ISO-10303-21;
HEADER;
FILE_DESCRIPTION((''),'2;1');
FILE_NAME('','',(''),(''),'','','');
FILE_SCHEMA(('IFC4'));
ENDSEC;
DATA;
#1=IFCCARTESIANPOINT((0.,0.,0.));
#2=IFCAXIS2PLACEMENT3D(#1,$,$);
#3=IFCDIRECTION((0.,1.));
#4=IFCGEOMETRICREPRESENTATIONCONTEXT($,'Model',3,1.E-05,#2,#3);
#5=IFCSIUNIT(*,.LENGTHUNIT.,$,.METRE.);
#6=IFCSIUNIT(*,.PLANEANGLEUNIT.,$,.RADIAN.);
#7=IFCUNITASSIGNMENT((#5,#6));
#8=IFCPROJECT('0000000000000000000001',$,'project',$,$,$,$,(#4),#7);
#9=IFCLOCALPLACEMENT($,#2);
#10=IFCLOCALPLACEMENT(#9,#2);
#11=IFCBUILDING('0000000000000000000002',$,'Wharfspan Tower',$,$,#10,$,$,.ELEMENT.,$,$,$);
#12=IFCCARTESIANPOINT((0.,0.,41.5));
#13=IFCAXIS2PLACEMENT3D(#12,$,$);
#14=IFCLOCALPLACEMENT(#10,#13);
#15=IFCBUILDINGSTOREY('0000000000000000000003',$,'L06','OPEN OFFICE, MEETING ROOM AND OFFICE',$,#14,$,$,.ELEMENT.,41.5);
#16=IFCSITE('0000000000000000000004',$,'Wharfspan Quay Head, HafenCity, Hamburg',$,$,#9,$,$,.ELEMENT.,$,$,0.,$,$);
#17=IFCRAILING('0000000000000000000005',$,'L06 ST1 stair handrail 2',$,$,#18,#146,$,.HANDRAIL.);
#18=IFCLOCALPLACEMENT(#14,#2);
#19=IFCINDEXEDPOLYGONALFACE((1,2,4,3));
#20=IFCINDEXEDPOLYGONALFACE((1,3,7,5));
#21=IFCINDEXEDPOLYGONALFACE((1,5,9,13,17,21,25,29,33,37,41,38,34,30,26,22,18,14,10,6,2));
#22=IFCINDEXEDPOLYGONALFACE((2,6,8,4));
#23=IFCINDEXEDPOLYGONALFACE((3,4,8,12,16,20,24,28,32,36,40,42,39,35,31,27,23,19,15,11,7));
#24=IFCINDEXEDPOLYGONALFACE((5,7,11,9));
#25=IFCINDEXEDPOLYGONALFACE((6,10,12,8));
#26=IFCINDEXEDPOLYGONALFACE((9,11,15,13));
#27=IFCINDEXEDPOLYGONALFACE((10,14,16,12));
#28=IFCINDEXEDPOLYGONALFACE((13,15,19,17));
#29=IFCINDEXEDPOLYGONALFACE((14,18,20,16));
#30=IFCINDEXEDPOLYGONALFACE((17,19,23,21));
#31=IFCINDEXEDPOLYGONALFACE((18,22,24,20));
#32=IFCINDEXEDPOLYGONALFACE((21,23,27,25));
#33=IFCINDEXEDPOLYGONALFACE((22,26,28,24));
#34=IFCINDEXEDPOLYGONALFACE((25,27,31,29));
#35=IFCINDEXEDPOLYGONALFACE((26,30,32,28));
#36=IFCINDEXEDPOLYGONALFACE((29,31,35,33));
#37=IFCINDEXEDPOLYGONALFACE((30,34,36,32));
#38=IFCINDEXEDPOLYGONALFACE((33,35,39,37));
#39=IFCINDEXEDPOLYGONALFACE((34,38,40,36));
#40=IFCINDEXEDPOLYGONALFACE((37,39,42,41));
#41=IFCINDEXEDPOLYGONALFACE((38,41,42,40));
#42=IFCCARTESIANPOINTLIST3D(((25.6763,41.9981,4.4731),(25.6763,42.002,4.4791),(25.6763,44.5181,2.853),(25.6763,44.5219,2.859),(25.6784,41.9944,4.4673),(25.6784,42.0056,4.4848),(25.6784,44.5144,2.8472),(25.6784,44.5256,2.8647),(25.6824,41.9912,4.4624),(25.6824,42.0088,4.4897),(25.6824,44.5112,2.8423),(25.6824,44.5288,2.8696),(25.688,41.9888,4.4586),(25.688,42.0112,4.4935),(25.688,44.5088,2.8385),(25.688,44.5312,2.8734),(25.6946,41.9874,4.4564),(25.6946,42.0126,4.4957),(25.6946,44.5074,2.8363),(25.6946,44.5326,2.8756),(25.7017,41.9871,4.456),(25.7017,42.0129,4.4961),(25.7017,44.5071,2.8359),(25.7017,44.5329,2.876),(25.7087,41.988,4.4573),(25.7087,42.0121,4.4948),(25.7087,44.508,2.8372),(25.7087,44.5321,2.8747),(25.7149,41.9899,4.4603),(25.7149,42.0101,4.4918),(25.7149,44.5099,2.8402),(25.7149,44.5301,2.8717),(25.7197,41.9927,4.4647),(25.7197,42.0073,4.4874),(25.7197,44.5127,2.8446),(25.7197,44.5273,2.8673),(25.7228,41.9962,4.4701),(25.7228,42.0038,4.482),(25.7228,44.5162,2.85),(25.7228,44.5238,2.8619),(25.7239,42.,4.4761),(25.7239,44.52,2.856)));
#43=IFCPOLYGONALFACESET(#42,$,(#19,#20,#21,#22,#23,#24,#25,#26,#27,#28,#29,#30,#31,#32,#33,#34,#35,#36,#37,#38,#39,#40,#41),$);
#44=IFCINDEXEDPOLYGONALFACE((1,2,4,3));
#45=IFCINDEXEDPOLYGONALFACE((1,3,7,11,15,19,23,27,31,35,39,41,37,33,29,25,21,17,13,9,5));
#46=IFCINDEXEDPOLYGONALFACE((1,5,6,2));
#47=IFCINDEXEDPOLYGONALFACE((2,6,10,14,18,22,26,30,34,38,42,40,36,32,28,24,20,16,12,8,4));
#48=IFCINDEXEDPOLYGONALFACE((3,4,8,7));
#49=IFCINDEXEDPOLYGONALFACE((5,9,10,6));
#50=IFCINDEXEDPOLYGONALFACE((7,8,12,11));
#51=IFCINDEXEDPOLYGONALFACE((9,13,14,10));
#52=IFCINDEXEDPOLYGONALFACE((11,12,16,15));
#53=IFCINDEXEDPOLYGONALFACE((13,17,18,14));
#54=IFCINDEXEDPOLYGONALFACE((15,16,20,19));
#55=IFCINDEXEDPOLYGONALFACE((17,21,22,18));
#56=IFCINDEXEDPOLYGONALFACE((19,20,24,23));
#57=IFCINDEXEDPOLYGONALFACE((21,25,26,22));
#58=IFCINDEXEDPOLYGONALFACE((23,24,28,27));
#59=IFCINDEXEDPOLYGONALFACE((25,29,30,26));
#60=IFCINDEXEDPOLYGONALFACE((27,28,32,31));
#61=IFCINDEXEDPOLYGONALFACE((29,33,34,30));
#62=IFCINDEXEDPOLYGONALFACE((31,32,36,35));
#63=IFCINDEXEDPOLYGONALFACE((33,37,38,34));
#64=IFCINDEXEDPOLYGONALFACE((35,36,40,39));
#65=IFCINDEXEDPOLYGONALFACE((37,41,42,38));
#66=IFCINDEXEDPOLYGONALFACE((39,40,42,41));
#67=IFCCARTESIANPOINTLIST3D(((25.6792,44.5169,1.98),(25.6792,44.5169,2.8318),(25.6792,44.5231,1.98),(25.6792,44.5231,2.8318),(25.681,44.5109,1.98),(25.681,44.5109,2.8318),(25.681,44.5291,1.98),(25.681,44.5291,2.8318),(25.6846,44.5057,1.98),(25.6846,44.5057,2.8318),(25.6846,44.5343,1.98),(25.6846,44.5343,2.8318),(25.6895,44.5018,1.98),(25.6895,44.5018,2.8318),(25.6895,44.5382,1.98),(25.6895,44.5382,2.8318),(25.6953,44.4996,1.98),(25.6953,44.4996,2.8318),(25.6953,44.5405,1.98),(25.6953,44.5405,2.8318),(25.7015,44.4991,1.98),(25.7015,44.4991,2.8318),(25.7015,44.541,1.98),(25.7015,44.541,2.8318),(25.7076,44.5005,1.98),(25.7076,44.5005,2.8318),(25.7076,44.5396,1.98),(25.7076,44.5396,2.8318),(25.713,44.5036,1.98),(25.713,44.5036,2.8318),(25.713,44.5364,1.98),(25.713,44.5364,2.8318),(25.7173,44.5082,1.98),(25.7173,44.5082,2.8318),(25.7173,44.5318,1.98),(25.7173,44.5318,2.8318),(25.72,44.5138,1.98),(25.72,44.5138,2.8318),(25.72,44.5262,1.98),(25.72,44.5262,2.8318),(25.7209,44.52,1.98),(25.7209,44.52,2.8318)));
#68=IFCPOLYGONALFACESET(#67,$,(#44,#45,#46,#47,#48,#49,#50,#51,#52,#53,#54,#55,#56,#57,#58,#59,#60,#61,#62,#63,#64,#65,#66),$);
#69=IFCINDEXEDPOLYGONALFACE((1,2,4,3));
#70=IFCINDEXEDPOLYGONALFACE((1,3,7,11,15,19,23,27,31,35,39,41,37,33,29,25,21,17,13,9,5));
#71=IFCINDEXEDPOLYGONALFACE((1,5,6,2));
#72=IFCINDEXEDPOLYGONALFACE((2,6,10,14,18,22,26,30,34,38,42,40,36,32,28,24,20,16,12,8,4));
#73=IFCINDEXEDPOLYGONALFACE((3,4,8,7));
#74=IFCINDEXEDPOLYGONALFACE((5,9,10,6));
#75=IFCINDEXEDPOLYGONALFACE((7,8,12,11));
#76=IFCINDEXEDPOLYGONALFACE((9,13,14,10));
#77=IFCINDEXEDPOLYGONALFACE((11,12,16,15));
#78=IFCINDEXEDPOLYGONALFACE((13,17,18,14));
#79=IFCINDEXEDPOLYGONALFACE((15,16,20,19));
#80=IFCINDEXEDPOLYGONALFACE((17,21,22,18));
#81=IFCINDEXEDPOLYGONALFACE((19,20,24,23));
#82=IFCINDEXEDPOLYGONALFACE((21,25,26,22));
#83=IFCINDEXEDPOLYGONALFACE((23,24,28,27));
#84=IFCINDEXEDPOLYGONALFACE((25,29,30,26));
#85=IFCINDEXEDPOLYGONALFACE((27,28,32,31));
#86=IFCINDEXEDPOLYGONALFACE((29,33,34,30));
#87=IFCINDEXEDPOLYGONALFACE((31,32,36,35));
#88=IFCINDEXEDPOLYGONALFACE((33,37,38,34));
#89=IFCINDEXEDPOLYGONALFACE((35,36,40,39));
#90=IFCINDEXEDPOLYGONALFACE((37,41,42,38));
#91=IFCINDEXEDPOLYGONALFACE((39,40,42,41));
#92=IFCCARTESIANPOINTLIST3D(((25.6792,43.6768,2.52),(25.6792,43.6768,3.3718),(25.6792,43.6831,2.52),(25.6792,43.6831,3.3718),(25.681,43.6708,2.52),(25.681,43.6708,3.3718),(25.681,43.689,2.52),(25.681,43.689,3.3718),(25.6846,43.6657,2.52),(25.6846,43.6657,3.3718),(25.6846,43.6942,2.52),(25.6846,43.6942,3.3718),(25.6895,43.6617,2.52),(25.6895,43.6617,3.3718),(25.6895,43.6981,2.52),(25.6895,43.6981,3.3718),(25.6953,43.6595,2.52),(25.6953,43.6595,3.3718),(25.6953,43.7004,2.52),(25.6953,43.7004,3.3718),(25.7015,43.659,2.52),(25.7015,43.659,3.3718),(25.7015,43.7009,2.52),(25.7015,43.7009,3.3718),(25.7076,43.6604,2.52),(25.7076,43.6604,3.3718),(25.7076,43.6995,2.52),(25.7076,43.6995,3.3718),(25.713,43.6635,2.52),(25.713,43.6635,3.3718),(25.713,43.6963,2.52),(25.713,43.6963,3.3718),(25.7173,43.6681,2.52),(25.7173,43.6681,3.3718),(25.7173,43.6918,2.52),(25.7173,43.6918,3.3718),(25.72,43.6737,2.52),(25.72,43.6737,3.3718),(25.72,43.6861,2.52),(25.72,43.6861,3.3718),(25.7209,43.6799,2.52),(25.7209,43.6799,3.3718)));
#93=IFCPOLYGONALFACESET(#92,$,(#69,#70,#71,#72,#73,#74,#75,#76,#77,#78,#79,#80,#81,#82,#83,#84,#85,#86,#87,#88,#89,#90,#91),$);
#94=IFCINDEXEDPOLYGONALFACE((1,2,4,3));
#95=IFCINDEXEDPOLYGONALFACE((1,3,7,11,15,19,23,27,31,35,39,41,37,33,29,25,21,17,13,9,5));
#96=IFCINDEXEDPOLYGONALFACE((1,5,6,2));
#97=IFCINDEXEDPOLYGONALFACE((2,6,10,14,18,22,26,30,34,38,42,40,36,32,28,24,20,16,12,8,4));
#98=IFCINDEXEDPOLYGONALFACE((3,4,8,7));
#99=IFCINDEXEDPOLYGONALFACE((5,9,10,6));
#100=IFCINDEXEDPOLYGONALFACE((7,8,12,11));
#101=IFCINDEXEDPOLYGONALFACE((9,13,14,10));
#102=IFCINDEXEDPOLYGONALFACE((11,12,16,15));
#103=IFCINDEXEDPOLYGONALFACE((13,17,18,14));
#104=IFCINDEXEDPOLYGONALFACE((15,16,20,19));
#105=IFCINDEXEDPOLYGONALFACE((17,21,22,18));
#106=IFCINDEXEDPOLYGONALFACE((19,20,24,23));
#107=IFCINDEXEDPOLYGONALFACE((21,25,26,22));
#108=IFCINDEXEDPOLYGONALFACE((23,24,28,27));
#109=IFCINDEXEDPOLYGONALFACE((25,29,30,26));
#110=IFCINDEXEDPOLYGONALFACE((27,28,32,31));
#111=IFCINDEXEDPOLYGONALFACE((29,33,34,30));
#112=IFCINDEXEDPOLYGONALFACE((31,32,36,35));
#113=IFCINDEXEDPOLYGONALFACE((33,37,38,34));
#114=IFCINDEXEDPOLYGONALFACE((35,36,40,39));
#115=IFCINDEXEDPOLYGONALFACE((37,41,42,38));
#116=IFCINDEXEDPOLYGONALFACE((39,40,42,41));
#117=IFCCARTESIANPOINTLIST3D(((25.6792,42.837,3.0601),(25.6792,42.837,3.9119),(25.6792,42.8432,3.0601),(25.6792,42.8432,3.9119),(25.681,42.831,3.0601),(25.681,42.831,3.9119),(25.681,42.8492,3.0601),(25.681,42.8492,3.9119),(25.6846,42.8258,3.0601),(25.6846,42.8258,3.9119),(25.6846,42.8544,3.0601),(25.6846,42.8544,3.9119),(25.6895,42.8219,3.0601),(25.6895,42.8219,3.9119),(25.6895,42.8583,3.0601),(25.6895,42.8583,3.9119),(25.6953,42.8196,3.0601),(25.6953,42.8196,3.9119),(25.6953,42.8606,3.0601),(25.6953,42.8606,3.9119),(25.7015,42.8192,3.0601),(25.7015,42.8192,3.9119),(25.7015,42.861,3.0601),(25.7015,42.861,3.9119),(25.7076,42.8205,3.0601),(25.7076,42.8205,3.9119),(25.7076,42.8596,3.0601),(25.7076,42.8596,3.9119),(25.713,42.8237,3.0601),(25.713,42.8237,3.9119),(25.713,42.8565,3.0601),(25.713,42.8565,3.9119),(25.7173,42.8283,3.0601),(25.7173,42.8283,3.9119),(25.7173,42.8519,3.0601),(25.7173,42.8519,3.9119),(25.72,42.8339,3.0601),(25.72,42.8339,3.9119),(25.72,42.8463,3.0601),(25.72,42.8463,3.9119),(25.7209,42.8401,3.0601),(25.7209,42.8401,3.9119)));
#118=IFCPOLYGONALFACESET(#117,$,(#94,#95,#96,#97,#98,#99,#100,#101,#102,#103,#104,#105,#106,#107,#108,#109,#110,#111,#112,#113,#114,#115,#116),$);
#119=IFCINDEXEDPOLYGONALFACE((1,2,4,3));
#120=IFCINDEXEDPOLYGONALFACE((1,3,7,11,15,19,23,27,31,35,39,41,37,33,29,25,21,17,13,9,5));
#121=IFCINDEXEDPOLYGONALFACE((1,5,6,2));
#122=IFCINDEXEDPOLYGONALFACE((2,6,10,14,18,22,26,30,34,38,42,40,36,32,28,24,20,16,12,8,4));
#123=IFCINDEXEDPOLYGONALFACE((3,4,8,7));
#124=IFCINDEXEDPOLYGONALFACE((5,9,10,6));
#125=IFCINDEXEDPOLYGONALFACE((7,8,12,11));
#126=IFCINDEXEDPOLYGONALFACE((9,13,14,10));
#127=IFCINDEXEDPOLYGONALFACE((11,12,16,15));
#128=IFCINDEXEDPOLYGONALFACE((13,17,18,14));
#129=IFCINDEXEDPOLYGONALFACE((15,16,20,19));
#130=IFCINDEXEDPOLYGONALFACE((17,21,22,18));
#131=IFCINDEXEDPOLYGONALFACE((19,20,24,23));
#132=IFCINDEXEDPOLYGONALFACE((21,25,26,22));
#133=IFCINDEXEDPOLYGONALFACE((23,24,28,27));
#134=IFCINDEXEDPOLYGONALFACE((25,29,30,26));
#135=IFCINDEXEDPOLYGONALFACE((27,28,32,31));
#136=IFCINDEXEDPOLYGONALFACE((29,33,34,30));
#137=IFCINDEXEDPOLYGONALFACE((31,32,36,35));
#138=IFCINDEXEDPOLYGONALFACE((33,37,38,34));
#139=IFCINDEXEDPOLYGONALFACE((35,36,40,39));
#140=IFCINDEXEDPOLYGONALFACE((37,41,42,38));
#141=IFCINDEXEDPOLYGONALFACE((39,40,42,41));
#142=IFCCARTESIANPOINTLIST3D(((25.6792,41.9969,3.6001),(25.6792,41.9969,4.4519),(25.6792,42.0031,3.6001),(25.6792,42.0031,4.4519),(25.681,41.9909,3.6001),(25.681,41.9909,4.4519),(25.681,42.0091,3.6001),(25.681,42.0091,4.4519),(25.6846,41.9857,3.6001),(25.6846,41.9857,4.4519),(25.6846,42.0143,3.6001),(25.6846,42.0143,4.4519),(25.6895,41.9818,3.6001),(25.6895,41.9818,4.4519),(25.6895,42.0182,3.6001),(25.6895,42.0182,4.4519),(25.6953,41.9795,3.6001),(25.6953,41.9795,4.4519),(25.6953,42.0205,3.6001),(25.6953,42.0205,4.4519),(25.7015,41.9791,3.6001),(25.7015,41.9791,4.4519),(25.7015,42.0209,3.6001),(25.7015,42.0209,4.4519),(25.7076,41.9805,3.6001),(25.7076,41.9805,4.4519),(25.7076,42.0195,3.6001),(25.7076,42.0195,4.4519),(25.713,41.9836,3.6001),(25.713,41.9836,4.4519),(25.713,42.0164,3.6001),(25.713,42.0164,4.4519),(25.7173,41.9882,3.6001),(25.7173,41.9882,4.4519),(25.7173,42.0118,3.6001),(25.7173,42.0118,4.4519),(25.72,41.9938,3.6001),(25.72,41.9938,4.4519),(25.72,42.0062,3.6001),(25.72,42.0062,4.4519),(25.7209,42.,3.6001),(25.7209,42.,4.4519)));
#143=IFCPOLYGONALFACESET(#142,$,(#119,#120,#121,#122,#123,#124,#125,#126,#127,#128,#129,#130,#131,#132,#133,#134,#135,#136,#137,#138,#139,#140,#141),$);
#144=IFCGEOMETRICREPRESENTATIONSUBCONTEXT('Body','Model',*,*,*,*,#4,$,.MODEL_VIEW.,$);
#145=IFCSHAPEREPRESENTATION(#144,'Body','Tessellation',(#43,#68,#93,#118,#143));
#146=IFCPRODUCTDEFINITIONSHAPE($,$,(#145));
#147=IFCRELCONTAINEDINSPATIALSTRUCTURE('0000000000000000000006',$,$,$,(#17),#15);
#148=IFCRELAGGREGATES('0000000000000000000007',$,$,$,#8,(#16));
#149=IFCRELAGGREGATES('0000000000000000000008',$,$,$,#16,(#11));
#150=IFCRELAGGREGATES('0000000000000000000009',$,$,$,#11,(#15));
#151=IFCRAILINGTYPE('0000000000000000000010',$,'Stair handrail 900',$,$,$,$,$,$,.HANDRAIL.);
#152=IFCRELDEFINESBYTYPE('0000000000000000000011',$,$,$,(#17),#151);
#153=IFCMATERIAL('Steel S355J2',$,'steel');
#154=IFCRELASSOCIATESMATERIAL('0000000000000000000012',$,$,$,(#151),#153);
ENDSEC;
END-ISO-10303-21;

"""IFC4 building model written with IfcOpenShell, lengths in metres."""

from ifc_helpers import new_model, si_unit, direction, frame, origin, origin_2d, place, context, subcontext, project, spatial, circle, extrude, material, type_object, element, save


model = new_model("IFC4")

# Units and contexts
model_context = context("Model", 3, precision=1e-05, world=origin(), true_north=direction((0.0, 1.0)))
body_context = subcontext(model_context, "Body", "Model", "MODEL_VIEW")
ifc_project = project(units=[si_unit("LENGTHUNIT", "METRE"), si_unit("PLANEANGLEUNIT", "RADIAN")], contexts=[model_context])

# Site, building, storey
site_placement = place(None, origin())
site = spatial("IfcSite", under=ifc_project, at=site_placement, Name="Wharfspan Quay Head, HafenCity, Hamburg", CompositionType="ELEMENT", RefElevation=0.0)
building_placement = place(site_placement, origin())
building = spatial("IfcBuilding", under=site, at=building_placement, Name="Wharfspan Tower", CompositionType="ELEMENT")
storey_placement = place(building_placement, frame((0.0, 0.0, 41.5)))
storey = spatial("IfcBuildingStorey", under=building, at=storey_placement, Name="L06", Description="OPEN OFFICE, MEETING ROOM AND OFFICE", CompositionType="ELEMENT", Elevation=41.5)

# Shared definitions
ifc_material_1 = material(Name="Steel S355J2", Category="steel")

# Railing
railing_type = type_object("IfcRailingType", Name="Stair handrail 900", PredefinedType="HANDRAIL", material=ifc_material_1)
railing_placement = place(storey_placement, frame((25.7, 44.52, 1.98)))
element("IfcRailing", 1, at=railing_placement, inside=storey, type_object=railing_type, Name="L06 ST1 stair handrail 2", PredefinedType="HANDRAIL", context=body_context, shape_type="SweptSolid", body=[
    extrude(circle(Radius=0.0239, at=origin_2d()), frame((0.0, 0.0, 0.876), z_axis=(0.0, -0.841163, 0.540782), x_axis=(1.0, 0.0, 0.0)), (0.0, 0.0, 1.0), 2.9958),
    extrude(circle(Radius=0.021, at=origin_2d()), origin(), (0.0, 0.0, 1.0), 0.8518),
    extrude(circle(Radius=0.021, at=origin_2d()), frame((0.0, -0.8401, 0.54)), (0.0, 0.0, 1.0), 0.8518),
    extrude(circle(Radius=0.021, at=origin_2d()), frame((0.0, -1.6799, 1.0801)), (0.0, 0.0, 1.0), 0.8518),
    extrude(circle(Radius=0.021, at=origin_2d()), frame((0.0, -2.52, 1.6201)), (0.0, 0.0, 1.0), 0.8518),
])

save(model, "model.ifc")
